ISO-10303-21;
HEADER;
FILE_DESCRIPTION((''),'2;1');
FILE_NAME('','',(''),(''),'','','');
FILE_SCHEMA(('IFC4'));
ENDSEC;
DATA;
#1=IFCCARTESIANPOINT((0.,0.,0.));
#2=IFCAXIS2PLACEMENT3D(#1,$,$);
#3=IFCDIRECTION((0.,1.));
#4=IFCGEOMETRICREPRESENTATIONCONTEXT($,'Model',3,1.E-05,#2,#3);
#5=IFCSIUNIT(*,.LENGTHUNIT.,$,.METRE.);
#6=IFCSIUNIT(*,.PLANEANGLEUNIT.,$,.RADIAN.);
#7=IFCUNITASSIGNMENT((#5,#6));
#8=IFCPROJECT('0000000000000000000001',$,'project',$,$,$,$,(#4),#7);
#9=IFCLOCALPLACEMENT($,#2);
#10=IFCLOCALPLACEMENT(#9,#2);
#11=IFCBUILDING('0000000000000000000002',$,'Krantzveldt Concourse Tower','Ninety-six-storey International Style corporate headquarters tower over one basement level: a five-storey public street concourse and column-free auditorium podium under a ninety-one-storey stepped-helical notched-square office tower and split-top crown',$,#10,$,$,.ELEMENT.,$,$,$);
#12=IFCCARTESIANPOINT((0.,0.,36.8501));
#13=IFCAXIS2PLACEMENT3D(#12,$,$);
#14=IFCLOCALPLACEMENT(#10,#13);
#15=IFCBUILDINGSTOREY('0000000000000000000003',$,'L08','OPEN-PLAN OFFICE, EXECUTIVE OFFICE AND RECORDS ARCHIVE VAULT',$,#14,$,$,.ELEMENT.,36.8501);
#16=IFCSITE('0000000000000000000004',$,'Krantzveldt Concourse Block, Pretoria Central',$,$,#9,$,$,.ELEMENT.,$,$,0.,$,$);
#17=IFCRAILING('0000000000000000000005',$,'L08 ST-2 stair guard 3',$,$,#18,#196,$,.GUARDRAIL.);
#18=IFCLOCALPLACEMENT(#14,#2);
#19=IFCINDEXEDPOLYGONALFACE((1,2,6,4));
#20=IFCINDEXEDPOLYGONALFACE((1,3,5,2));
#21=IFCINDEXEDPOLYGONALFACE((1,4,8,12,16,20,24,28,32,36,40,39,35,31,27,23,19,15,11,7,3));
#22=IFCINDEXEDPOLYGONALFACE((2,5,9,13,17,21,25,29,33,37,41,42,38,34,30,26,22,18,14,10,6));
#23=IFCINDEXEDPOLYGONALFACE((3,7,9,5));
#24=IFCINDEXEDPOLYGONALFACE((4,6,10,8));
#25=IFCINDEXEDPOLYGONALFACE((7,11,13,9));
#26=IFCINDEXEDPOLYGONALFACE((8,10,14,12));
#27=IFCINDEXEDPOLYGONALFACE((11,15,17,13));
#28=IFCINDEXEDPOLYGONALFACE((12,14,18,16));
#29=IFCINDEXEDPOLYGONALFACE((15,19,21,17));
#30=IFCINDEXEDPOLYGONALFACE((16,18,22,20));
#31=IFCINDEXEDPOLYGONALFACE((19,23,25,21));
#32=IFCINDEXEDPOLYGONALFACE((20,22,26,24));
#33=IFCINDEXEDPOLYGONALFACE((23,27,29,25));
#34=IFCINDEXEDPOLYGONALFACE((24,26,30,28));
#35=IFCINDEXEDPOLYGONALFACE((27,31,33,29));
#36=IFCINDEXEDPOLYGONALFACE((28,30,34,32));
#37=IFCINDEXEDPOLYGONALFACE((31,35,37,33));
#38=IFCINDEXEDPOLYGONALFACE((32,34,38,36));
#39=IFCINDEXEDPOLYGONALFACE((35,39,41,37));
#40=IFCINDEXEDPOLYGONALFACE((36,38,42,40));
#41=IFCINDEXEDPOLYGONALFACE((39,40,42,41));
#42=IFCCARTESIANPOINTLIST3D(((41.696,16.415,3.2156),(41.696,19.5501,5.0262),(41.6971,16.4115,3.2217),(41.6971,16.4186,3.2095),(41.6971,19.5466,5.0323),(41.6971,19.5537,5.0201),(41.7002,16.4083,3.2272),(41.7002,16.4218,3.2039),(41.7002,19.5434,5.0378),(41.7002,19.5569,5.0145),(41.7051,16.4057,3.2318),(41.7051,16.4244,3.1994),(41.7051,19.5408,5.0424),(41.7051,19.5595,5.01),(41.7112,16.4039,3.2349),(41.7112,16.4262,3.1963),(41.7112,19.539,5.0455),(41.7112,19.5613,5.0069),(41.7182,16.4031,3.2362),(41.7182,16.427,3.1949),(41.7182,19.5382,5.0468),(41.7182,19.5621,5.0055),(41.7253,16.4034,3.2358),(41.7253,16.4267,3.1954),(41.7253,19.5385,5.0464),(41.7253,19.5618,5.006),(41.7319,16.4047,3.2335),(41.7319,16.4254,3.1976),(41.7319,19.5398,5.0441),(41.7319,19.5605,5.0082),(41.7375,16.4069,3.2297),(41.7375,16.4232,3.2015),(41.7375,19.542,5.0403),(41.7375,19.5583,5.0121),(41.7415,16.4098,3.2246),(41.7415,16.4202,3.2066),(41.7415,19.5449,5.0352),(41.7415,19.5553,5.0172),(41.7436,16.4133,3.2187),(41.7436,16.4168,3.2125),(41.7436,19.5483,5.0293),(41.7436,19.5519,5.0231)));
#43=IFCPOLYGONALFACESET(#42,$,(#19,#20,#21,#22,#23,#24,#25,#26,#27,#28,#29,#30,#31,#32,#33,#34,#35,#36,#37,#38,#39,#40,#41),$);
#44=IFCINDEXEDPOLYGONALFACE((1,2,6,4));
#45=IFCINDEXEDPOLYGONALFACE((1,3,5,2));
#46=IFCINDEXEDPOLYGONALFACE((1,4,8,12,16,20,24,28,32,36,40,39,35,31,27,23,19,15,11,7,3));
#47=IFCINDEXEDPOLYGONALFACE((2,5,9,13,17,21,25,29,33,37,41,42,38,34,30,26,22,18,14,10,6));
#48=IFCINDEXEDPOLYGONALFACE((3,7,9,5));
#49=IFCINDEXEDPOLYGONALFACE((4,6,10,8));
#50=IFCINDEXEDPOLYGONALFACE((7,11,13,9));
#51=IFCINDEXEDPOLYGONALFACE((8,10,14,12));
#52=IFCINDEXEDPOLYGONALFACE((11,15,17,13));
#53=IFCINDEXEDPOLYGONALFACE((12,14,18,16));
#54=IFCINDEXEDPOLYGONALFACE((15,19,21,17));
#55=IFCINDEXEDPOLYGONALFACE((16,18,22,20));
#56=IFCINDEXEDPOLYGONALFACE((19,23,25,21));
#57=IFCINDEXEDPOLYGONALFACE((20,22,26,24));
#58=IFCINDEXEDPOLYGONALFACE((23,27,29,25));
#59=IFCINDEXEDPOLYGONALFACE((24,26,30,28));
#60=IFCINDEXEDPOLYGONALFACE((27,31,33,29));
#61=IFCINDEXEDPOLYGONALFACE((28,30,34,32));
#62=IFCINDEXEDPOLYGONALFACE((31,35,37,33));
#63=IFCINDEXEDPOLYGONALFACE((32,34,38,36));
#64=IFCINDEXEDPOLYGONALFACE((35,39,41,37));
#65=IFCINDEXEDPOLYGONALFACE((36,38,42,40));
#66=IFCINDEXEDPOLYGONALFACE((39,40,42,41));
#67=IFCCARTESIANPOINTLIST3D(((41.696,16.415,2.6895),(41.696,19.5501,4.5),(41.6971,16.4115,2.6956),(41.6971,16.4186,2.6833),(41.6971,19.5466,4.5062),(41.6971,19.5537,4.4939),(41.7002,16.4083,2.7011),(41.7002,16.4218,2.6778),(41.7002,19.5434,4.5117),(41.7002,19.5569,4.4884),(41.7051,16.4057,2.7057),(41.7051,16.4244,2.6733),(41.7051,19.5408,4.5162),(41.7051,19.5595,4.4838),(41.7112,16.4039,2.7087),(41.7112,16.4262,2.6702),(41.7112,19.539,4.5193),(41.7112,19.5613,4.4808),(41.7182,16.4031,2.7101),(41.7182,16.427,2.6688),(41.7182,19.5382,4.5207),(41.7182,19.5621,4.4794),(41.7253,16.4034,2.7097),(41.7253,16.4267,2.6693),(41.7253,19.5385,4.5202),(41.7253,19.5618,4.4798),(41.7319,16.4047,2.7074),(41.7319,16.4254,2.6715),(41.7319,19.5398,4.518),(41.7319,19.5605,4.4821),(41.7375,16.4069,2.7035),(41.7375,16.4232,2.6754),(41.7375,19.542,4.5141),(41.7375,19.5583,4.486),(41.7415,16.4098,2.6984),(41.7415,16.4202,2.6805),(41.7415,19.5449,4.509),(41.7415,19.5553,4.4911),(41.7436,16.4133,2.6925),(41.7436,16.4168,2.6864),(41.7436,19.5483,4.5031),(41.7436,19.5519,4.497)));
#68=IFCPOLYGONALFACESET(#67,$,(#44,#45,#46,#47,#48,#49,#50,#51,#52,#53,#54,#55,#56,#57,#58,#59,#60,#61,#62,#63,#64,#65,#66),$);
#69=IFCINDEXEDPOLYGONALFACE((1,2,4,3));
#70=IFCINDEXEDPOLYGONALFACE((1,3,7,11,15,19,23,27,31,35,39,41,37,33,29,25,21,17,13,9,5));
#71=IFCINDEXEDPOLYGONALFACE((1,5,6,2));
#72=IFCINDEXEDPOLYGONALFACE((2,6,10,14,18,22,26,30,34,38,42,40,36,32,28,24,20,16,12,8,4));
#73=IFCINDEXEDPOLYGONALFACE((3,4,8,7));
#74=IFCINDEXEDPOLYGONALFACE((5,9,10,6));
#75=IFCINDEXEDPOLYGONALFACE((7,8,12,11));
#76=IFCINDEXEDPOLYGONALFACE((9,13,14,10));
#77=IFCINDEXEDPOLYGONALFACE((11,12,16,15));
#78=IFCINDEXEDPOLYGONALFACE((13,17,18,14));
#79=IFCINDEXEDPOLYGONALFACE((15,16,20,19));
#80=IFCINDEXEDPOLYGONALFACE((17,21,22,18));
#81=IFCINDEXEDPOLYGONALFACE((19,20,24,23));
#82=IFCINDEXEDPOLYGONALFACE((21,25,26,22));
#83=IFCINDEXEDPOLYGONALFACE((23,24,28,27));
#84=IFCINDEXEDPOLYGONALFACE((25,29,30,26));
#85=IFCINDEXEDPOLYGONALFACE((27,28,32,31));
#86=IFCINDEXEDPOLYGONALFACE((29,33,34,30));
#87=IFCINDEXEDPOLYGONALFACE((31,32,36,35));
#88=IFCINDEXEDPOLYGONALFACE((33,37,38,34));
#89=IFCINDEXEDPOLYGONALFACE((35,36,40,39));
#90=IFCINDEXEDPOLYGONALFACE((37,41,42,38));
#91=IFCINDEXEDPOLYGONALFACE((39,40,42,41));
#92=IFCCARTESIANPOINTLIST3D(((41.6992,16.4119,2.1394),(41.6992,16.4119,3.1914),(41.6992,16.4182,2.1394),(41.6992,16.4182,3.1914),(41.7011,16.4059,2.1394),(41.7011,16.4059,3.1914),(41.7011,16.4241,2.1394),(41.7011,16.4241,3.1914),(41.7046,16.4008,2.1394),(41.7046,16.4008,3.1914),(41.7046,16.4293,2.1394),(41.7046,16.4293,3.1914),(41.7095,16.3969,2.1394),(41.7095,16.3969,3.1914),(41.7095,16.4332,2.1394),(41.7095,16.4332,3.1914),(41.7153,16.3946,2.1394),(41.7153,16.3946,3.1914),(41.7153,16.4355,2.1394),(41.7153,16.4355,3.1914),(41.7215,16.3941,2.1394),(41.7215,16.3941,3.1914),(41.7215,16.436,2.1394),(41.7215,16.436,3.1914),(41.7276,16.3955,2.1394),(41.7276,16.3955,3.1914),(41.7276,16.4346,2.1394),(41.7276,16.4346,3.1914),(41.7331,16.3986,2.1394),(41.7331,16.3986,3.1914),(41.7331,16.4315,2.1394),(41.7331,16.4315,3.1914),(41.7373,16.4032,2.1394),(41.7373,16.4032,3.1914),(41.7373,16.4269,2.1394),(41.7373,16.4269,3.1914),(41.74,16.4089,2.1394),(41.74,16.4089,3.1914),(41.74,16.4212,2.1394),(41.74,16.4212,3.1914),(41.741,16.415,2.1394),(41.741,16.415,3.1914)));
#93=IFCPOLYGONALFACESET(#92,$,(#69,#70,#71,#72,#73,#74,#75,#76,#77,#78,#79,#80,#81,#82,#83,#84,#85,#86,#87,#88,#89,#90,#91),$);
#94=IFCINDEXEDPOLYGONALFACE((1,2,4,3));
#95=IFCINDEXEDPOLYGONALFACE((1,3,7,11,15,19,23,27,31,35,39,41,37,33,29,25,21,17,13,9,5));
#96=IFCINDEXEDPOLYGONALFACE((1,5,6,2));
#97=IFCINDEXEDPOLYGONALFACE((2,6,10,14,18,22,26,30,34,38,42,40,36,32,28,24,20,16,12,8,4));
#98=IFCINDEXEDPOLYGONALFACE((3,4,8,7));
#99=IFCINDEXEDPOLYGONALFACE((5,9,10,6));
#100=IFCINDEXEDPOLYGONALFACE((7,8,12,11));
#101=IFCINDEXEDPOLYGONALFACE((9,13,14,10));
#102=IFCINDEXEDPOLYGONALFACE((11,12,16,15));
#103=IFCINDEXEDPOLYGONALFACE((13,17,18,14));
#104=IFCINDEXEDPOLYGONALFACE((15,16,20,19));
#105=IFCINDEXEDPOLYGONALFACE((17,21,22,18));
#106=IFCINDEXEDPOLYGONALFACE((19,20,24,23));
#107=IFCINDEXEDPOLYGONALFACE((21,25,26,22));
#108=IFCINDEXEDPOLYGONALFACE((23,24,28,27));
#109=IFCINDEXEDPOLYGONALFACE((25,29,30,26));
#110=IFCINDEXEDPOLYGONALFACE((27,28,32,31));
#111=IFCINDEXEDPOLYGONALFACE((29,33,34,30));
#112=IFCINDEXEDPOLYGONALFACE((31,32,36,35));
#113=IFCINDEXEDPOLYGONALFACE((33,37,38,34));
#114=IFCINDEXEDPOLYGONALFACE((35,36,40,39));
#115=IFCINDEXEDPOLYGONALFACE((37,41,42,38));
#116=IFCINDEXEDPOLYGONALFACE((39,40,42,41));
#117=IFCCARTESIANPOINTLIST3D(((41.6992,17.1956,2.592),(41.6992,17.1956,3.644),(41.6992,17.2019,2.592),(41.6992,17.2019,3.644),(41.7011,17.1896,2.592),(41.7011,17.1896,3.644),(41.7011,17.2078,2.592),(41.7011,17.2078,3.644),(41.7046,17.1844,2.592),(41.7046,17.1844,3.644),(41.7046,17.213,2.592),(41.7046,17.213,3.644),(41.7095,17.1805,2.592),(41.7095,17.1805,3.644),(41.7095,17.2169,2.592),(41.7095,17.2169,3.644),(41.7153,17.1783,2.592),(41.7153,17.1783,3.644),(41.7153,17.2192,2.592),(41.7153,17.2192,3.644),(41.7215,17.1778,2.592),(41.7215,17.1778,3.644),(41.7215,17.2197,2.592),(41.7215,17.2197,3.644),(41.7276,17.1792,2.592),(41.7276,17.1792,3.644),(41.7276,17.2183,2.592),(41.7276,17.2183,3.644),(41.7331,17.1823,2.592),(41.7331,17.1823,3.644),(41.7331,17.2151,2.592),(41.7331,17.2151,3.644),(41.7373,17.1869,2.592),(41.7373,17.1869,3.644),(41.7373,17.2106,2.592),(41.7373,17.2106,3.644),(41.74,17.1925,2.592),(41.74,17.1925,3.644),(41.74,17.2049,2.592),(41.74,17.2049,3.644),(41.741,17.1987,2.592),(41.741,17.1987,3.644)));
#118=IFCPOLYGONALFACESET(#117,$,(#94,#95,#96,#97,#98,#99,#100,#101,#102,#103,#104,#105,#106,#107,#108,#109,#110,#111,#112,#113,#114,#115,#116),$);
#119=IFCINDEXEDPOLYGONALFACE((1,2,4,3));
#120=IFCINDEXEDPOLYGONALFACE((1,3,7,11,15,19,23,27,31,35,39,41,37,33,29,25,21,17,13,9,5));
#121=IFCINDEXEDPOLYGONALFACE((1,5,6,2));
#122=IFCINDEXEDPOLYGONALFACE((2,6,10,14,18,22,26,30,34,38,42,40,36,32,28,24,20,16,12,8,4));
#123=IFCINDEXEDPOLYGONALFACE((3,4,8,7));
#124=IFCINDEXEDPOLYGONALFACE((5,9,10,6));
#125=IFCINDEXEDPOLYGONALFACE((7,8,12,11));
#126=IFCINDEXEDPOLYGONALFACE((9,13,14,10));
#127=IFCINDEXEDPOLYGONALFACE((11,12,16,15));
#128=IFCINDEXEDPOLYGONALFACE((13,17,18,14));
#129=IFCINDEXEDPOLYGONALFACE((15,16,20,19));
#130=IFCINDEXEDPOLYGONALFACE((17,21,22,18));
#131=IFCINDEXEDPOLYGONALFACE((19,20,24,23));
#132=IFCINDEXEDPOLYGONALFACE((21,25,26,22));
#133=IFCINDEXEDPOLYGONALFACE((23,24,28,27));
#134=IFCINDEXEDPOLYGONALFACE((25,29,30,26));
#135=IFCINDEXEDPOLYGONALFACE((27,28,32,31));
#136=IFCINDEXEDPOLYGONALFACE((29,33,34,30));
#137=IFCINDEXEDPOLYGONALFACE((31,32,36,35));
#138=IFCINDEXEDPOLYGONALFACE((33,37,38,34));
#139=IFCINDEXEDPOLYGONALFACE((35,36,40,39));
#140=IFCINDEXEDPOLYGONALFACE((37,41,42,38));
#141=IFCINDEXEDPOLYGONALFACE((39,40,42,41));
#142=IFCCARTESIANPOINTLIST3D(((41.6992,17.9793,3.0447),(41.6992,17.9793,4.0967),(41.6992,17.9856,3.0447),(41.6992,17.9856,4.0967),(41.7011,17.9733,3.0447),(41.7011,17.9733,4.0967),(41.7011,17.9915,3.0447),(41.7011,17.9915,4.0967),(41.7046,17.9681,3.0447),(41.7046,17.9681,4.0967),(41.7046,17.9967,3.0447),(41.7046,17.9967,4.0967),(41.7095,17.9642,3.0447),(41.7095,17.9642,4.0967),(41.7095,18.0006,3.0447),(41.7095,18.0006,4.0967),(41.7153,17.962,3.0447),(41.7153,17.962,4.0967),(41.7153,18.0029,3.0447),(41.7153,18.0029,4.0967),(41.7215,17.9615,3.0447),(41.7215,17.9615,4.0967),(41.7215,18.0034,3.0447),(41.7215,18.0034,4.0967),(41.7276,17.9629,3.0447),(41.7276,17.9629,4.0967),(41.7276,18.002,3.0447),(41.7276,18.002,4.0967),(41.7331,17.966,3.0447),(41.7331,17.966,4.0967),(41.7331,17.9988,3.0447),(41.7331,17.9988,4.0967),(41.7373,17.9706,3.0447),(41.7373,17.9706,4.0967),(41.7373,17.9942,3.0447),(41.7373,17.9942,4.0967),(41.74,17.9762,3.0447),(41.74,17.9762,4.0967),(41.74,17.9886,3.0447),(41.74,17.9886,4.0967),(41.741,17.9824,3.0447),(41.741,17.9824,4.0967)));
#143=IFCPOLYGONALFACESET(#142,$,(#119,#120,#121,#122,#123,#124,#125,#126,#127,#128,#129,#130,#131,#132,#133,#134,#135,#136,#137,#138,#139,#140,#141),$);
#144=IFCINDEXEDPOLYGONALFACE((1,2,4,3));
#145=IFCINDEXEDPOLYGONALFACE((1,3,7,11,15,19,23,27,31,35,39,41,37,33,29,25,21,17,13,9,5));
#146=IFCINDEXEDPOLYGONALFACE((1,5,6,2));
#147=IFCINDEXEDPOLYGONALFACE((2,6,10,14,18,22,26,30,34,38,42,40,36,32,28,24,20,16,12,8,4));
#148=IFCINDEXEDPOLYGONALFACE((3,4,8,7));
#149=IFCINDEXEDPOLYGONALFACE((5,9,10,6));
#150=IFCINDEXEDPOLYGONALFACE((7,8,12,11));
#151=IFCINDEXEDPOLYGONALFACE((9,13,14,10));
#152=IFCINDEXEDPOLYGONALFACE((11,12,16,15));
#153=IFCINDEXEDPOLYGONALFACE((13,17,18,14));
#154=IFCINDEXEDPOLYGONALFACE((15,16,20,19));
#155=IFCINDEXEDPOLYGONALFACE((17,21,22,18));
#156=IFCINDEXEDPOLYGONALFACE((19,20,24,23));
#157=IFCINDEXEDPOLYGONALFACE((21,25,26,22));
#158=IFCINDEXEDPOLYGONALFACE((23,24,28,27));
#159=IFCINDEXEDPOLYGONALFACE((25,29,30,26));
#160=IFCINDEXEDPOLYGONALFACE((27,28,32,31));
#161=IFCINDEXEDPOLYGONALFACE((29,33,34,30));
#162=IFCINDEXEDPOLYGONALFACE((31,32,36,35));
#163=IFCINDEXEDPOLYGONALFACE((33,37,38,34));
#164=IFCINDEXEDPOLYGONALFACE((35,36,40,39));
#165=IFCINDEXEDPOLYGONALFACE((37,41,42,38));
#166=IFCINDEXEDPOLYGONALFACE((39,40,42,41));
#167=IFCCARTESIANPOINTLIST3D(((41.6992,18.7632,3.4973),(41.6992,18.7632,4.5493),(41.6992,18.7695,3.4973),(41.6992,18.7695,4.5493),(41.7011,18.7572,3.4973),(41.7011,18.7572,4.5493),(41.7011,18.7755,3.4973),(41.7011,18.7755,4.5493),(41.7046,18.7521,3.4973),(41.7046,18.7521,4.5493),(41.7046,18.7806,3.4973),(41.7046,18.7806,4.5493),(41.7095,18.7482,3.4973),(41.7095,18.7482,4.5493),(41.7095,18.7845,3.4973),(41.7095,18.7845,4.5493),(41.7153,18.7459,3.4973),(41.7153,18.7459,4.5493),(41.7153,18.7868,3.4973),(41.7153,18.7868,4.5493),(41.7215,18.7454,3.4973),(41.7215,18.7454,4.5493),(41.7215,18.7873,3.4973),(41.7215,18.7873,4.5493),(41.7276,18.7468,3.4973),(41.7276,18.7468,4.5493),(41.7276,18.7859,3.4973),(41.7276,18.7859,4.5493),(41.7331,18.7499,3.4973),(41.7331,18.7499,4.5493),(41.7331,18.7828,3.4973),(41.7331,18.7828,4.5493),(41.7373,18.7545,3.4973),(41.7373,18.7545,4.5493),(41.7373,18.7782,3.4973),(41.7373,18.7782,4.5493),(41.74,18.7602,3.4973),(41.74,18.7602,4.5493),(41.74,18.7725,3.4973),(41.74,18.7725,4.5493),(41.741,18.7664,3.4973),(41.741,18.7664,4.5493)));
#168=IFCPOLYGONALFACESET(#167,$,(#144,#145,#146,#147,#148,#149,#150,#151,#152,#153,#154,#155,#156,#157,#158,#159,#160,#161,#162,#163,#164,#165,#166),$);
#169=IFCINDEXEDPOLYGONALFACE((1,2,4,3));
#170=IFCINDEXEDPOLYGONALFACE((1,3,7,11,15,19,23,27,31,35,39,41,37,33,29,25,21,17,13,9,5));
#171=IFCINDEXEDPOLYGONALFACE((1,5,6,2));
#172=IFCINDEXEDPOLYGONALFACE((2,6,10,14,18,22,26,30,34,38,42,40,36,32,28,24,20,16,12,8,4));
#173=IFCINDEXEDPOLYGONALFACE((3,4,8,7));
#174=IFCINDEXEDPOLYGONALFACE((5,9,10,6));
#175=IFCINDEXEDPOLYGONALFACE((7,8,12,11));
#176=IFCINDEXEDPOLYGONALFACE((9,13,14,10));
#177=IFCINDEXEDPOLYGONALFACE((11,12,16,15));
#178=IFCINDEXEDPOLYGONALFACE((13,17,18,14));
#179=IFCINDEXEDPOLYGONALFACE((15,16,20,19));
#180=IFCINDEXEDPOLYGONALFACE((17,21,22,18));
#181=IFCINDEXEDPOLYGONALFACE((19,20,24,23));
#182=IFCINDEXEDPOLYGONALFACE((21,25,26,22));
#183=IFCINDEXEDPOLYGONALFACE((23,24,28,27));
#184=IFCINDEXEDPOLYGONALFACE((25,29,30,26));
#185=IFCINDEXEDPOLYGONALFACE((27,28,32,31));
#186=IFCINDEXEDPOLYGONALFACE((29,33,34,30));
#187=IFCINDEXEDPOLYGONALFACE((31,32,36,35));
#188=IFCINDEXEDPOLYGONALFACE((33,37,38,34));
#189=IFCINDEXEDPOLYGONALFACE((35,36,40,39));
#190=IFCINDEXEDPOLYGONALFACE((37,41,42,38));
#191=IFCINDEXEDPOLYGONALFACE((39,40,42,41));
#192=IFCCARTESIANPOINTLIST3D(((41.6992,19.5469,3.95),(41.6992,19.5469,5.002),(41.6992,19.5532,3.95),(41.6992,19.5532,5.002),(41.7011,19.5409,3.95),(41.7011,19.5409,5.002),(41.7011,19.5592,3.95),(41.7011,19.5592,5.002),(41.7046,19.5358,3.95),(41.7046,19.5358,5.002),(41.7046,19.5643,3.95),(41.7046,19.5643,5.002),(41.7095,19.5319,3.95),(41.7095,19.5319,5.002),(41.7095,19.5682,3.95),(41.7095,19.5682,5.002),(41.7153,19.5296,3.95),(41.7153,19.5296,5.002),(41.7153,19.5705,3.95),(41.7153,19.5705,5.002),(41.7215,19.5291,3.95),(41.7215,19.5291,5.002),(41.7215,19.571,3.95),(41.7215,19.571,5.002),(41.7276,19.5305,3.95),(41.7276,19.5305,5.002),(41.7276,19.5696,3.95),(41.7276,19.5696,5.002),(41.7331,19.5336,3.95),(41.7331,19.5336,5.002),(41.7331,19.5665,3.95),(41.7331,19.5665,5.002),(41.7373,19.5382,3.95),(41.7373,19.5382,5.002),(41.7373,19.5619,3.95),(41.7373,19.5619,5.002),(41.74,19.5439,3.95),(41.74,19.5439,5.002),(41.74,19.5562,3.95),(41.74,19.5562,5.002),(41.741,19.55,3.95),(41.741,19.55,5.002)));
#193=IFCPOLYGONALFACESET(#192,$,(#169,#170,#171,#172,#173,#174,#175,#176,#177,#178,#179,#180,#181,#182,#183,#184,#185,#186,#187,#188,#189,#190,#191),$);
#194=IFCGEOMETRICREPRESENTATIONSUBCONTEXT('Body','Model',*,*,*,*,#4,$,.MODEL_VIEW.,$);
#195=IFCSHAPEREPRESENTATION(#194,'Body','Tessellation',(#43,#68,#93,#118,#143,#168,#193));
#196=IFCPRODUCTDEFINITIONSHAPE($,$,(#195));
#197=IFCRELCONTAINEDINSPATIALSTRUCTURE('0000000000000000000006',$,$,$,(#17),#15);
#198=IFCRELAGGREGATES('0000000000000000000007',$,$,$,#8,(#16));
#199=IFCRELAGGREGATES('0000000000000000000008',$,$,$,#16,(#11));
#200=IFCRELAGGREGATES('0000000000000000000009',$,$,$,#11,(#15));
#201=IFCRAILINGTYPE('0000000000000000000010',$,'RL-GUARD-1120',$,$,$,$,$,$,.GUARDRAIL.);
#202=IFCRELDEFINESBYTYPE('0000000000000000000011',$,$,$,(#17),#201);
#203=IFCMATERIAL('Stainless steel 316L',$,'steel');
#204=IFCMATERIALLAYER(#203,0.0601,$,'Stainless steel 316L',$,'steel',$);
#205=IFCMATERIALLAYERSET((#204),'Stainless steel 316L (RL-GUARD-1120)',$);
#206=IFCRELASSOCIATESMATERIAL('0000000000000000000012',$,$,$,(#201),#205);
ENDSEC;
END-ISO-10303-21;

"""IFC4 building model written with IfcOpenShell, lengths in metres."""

from ifc_helpers import new_model, si_unit, direction, frame, origin, origin_2d, place, context, subcontext, project, spatial, circle, extrude, material, layer, layer_set, type_object, element, save


model = new_model("IFC4")

# Units and contexts
model_context = context("Model", 3, precision=1e-05, world=origin(), true_north=direction((0.0, 1.0)))
body_context = subcontext(model_context, "Body", "Model", "MODEL_VIEW")
ifc_project = project(units=[si_unit("LENGTHUNIT", "METRE"), si_unit("PLANEANGLEUNIT", "RADIAN")], contexts=[model_context])

# Site, building, storey
site_placement = place(None, origin())
site = spatial("IfcSite", under=ifc_project, at=site_placement, Name="Krantzveldt Concourse Block, Pretoria Central", CompositionType="ELEMENT", RefElevation=0.0)
building_placement = place(site_placement, origin())
building = spatial("IfcBuilding", under=site, at=building_placement, Name="Krantzveldt Concourse Tower", Description="Ninety-six-storey International Style corporate headquarters tower over one basement level: a five-storey public street concourse and column-free auditorium podium under a ninety-one-storey stepped-helical notched-square office tower and split-top crown", CompositionType="ELEMENT")
storey_placement = place(building_placement, frame((0.0, 0.0, 36.8501)))
storey = spatial("IfcBuildingStorey", under=building, at=storey_placement, Name="L08", Description="OPEN-PLAN OFFICE, EXECUTIVE OFFICE AND RECORDS ARCHIVE VAULT", CompositionType="ELEMENT", Elevation=36.8501)

# Shared definitions
ifc_material_1 = material(Name="Stainless steel 316L", Category="steel")

# Railing
ifc_layer_1 = layer(ifc_material_1, 0.0601, Name="Stainless steel 316L", Category="steel")
ifc_layer_set_1 = layer_set([ifc_layer_1], Name="Stainless steel 316L (RL-GUARD-1120)")
railing_type_1 = type_object("IfcRailingType", Name="RL-GUARD-1120", PredefinedType="GUARDRAIL", material=ifc_layer_set_1)
railing_1_placement = place(storey_placement, frame((41.72, 16.415, 2.1394)))
element("IfcRailing", 1, at=railing_1_placement, inside=storey, type_object=railing_type_1, Name="L08 ST-2 stair guard 3", PredefinedType="GUARDRAIL", context=body_context, shape_type="SweptSolid", body=[
    extrude(circle(Radius=0.0239, at=origin_2d()), frame((0.0, 0.0, 1.0762), z_axis=(0.0, 0.86596, 0.500114), x_axis=(-1.0, 0.0, 0.0)), (0.0, 0.0, 1.0), 3.6204),
    extrude(circle(Radius=0.0239, at=origin_2d()), frame((0.0, 0.0, 0.55), z_axis=(0.0, 0.86596, 0.500114), x_axis=(-1.0, 0.0, 0.0)), (0.0, 0.0, 1.0), 3.6204),
    extrude(circle(Radius=0.021, at=origin_2d()), origin(), (0.0, 0.0, 1.0), 1.052),
    extrude(circle(Radius=0.021, at=origin_2d()), frame((0.0, 0.7837, 0.4526)), (0.0, 0.0, 1.0), 1.052),
    extrude(circle(Radius=0.021, at=origin_2d()), frame((0.0, 1.5674, 0.9053)), (0.0, 0.0, 1.0), 1.052),
    extrude(circle(Radius=0.021, at=origin_2d()), frame((0.0, 2.3513, 1.3579)), (0.0, 0.0, 1.0), 1.052),
    extrude(circle(Radius=0.021, at=origin_2d()), frame((0.0, 3.135, 1.8105)), (0.0, 0.0, 1.0), 1.052),
])

save(model, "model.ifc")
